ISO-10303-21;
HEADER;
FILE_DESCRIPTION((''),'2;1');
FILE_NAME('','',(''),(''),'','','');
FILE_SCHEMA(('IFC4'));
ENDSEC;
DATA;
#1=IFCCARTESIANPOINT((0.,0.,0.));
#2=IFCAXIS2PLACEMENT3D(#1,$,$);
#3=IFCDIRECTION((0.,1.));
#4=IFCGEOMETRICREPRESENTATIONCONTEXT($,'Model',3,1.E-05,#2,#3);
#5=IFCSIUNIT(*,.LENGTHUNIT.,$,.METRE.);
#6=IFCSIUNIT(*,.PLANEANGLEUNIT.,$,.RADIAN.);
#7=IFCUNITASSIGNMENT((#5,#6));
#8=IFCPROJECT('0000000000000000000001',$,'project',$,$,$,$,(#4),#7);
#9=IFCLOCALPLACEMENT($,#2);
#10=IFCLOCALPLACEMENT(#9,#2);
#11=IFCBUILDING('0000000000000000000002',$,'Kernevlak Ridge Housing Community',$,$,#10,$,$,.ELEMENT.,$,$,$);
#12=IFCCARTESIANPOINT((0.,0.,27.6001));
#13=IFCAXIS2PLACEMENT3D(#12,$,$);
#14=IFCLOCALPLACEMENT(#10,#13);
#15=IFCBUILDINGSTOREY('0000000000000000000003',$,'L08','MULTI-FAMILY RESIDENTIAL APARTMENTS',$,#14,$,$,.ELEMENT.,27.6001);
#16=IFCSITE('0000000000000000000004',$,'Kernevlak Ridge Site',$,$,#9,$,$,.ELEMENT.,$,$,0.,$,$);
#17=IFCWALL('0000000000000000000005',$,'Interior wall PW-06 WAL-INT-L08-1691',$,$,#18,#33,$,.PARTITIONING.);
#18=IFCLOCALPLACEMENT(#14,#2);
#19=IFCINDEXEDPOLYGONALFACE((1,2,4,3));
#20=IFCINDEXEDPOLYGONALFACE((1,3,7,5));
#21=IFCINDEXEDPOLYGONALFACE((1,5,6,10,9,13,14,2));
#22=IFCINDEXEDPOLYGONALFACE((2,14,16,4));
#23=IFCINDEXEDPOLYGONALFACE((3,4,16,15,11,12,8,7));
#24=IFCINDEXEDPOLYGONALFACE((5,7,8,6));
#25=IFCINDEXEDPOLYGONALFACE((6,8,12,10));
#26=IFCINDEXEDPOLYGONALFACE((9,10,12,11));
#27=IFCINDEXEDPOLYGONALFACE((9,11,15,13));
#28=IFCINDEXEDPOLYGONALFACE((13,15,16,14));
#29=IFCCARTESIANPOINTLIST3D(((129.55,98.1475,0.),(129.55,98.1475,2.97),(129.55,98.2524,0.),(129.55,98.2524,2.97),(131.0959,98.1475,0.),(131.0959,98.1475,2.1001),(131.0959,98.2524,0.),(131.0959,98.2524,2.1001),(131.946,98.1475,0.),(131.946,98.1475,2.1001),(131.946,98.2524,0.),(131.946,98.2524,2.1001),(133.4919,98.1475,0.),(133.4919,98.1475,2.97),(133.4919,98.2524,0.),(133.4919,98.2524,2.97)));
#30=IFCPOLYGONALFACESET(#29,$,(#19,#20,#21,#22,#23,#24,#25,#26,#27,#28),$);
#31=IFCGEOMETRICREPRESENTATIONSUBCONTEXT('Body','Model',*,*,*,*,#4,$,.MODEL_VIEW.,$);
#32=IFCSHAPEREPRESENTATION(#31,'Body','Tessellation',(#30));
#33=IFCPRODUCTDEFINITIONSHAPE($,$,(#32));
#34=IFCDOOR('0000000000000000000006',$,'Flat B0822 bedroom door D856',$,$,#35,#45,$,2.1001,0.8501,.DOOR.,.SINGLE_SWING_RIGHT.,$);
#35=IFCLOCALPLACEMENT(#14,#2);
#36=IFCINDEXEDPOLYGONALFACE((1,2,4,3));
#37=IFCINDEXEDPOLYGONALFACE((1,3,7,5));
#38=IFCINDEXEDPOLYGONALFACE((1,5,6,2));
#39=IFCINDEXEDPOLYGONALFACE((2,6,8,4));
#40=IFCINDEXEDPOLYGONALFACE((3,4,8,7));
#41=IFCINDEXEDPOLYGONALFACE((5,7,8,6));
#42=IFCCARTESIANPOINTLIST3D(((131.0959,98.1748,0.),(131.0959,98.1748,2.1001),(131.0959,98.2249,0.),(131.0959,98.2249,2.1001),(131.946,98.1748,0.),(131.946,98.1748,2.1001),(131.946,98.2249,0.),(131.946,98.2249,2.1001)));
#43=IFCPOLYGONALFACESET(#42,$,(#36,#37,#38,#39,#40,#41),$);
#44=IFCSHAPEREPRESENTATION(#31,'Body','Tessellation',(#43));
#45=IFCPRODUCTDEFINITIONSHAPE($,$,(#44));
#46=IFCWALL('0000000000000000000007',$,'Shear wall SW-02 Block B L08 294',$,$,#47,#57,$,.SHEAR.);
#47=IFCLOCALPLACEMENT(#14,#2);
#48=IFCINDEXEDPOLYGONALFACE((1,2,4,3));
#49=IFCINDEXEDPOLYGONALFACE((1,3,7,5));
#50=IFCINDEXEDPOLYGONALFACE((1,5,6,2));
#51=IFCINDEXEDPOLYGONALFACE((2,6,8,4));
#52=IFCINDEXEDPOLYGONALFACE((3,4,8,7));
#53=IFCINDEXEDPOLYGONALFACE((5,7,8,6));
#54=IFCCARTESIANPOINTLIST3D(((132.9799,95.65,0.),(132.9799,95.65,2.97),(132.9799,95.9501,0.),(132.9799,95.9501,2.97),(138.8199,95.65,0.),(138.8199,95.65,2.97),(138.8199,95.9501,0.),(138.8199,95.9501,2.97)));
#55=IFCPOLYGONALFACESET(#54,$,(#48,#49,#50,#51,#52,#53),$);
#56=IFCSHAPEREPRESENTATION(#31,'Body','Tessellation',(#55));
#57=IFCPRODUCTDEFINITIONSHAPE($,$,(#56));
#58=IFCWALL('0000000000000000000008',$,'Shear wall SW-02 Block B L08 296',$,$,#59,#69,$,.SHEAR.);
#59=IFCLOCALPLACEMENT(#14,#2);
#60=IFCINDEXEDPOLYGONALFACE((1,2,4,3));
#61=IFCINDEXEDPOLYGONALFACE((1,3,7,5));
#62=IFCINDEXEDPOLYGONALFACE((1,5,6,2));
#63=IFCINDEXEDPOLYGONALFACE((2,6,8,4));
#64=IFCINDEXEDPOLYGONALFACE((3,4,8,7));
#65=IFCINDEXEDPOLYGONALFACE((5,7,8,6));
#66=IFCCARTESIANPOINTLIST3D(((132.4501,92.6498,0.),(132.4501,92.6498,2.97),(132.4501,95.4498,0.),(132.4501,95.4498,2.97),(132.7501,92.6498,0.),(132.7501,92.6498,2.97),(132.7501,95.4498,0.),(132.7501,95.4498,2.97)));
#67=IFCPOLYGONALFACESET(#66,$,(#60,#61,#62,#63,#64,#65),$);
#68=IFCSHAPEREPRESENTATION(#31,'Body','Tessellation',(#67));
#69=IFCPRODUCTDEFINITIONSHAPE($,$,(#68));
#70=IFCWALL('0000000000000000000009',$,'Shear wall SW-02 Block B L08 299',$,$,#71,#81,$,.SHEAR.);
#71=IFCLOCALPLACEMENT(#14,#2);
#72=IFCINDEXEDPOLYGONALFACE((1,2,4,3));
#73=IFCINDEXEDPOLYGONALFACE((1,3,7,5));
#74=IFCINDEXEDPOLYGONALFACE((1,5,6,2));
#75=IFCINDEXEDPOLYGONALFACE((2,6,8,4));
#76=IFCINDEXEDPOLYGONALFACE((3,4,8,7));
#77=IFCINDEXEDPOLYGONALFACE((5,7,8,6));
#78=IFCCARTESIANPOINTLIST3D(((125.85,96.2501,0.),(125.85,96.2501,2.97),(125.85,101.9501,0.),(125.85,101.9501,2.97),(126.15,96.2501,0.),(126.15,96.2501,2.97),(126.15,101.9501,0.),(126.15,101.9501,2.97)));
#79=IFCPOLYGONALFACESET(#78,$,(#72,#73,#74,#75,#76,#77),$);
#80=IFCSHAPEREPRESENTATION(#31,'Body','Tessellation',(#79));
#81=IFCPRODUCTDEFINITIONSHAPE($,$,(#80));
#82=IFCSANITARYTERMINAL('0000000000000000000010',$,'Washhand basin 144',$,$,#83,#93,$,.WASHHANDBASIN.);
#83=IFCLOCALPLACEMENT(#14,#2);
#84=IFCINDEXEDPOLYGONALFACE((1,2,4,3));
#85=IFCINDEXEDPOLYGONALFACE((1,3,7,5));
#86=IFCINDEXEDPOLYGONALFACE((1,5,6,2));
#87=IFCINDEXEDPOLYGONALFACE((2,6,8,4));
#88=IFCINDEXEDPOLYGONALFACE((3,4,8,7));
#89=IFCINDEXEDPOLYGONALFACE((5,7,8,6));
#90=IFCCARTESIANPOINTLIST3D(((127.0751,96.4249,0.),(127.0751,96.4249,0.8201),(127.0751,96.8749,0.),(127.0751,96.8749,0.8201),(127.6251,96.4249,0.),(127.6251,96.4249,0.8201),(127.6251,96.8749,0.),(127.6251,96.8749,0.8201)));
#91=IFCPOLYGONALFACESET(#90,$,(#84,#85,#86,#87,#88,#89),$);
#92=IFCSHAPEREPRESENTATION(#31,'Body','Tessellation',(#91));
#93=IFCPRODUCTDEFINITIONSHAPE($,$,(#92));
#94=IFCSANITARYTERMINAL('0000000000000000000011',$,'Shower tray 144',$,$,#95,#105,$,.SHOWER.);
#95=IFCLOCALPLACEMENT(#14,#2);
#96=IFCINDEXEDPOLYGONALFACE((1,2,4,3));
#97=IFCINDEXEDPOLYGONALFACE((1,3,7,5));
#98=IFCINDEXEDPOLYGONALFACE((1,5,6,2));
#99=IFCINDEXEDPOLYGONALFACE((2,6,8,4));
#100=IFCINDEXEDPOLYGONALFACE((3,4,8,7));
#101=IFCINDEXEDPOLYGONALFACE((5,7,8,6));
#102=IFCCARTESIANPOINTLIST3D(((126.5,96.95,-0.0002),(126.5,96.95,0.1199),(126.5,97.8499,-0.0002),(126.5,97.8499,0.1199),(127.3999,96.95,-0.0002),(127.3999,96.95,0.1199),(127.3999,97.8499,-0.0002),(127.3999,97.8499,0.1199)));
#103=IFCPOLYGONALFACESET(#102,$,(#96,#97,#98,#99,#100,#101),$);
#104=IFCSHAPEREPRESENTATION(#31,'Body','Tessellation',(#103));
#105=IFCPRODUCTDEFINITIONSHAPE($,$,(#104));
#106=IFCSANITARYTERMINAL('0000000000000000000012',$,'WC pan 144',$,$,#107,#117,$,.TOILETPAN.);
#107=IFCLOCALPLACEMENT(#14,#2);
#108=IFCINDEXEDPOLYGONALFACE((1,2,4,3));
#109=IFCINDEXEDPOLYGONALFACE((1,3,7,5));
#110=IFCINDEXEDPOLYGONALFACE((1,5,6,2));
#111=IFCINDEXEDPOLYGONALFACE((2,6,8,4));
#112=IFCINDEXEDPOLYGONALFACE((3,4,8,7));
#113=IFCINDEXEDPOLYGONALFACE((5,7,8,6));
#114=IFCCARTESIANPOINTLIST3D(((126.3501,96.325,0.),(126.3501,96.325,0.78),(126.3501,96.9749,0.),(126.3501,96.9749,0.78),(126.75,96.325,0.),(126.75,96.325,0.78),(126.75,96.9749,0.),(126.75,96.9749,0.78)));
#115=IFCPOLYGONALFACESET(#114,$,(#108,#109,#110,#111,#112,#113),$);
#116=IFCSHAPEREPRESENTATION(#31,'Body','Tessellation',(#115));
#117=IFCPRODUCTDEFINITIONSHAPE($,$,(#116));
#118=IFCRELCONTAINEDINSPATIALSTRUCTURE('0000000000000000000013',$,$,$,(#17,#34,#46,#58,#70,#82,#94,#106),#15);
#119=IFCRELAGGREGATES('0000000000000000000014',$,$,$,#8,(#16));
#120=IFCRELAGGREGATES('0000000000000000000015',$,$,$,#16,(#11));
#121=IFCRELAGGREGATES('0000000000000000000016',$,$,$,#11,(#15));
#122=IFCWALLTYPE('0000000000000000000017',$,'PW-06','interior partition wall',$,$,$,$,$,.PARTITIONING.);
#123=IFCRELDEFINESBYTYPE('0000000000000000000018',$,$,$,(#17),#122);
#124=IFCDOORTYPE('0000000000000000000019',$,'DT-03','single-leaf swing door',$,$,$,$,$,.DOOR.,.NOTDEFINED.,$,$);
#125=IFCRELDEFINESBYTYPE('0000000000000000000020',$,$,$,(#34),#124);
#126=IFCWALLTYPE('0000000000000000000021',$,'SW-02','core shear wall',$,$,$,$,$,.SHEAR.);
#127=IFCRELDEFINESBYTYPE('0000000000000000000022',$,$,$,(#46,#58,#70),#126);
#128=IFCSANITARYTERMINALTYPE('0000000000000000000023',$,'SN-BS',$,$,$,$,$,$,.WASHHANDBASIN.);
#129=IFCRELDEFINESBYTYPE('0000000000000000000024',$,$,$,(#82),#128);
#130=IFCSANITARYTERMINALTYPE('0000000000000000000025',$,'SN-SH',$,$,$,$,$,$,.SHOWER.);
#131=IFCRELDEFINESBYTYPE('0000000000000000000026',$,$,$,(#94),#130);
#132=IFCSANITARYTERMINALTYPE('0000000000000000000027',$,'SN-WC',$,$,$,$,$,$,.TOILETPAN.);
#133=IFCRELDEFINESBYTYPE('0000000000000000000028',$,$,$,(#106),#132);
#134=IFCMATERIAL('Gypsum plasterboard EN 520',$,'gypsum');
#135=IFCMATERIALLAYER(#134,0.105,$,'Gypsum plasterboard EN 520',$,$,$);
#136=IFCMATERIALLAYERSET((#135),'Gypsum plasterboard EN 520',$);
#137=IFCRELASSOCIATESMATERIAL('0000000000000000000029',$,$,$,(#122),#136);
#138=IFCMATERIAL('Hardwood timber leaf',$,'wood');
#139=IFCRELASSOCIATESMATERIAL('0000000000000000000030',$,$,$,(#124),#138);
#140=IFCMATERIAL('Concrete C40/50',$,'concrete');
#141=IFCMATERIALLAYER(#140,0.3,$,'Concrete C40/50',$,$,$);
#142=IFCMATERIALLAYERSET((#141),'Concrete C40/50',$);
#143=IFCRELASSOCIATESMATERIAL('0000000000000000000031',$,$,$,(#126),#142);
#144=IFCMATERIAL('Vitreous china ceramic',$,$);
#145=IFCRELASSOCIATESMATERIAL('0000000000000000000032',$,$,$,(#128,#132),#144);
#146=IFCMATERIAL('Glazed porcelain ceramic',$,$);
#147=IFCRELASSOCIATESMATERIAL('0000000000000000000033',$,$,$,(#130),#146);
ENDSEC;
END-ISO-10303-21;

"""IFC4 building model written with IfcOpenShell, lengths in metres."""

from ifc_helpers import new_model, si_unit, direction, frame, frame_2d, origin, origin_2d, place, context, subcontext, project, spatial, rectangle, extrude, material, layer, layer_set, type_object, element, fill, save


model = new_model("IFC4")

# Units and contexts
model_context = context("Model", 3, precision=1e-05, world=origin(), true_north=direction((0.0, 1.0)))
body_context = subcontext(model_context, "Body", "Model", "MODEL_VIEW")
ifc_project = project(units=[si_unit("LENGTHUNIT", "METRE"), si_unit("PLANEANGLEUNIT", "RADIAN")], contexts=[model_context])

# Site, building, storey
site_placement = place(None, origin())
site = spatial("IfcSite", under=ifc_project, at=site_placement, Name="Kernevlak Ridge Site", CompositionType="ELEMENT", RefElevation=0.0)
building_placement = place(site_placement, origin())
building = spatial("IfcBuilding", under=site, at=building_placement, Name="Kernevlak Ridge Housing Community", CompositionType="ELEMENT")
storey_placement = place(building_placement, frame((0.0, 0.0, 27.6001)))
storey = spatial("IfcBuildingStorey", under=building, at=storey_placement, Name="L08", Description="MULTI-FAMILY RESIDENTIAL APARTMENTS", CompositionType="ELEMENT", Elevation=27.6001)

# Shared definitions
ifc_material_1 = material(Name="Concrete C40/50", Category="concrete")

# Shared definitions
ifc_material_2 = material(Name="Hardwood timber leaf", Category="wood")

# Shared definitions
ifc_material_3 = material(Name="Gypsum plasterboard EN 520", Category="gypsum")

# Wall, opening, door
ifc_layer_1 = layer(ifc_material_3, 0.105, Name="Gypsum plasterboard EN 520")
ifc_layer_set_1 = layer_set([ifc_layer_1], Name="Gypsum plasterboard EN 520")
wall_type_1 = type_object("IfcWallType", Name="PW-06", Description="interior partition wall", PredefinedType="PARTITIONING", material=ifc_layer_set_1)
wall_1_placement = place(storey_placement, frame((129.55, 98.2, 0.0), z_axis=(0.0, 0.0, 1.0), x_axis=(1.0, 0.0, 0.0)))
wall_1 = element("IfcWall", 1, at=wall_1_placement, inside=storey, type_object=wall_type_1, Name="Interior wall PW-06 WAL-INT-L08-1691", PredefinedType="PARTITIONING", context=body_context, shape_type="SweptSolid", body=[
    extrude(rectangle(XDim=3.9419, YDim=0.105, at=frame_2d((1.9709, 0.0))), origin(), (0.0, 0.0, 1.0), 2.97),
])
opening_1_placement = place(wall_1_placement, frame((1.5459, 0.0, 0.0)))
opening_1 = element("IfcOpeningElement", 2, at=opening_1_placement, cuts=wall_1, PredefinedType="OPENING", context=body_context, shape_type="SweptSolid", body=[
    extrude(rectangle(XDim=0.8501, YDim=2.1001, at=frame_2d((0.425, 1.05))), frame((0.0, 0.0625, 0.0), z_axis=(0.0, -1.0, 0.0), x_axis=(1.0, 0.0, 0.0)), (0.0, 0.0, 1.0), 0.125),
])
door_type_1 = type_object("IfcDoorType", Name="DT-03", Description="single-leaf swing door", OperationType="NOTDEFINED", PredefinedType="DOOR", material=ifc_material_2)
door_1_placement = place(opening_1_placement, origin())
door_1 = element("IfcDoor", 3, at=door_1_placement, inside=storey, type_object=door_type_1, Name="Flat B0822 bedroom door D856", OperationType="SINGLE_SWING_RIGHT", OverallHeight=2.1001, OverallWidth=0.8501, PredefinedType="DOOR", context=body_context, shape_type="SweptSolid", body=[
    extrude(rectangle(XDim=0.8501, YDim=2.1001, at=frame_2d((0.425, 1.05))), frame((0.0, 0.0249, 0.0), z_axis=(0.0, -1.0, 0.0), x_axis=(1.0, 0.0, 0.0)), (0.0, 0.0, 1.0), 0.05),
])
fill(opening_1, door_1)

# Walls
ifc_layer_2 = layer(ifc_material_1, 0.3, Name="Concrete C40/50")
ifc_layer_set_2 = layer_set([ifc_layer_2], Name="Concrete C40/50")
wall_type_2 = type_object("IfcWallType", Name="SW-02", Description="core shear wall", PredefinedType="SHEAR", material=ifc_layer_set_2)
wall_2_placement = place(storey_placement, frame((132.98, 95.8, 0.0), z_axis=(0.0, 0.0, 1.0), x_axis=(1.0, 0.0, 0.0)))
element("IfcWall", 4, at=wall_2_placement, inside=storey, type_object=wall_type_2, Name="Shear wall SW-02 Block B L08 294", PredefinedType="SHEAR", context=body_context, shape_type="SweptSolid", body=[
    extrude(rectangle(XDim=5.8401, YDim=0.3, at=frame_2d((2.9199, 0.0))), origin(), (0.0, 0.0, 1.0), 2.97),
])
wall_3_placement = place(storey_placement, frame((132.6001, 92.6499, 0.0), z_axis=(0.0, 0.0, 1.0), x_axis=(0.0, 1.0, 0.0)))
element("IfcWall", 5, at=wall_3_placement, inside=storey, type_object=wall_type_2, Name="Shear wall SW-02 Block B L08 296", PredefinedType="SHEAR", context=body_context, shape_type="SweptSolid", body=[
    extrude(rectangle(XDim=2.8, YDim=0.3, at=frame_2d((1.3999, 0.0))), origin(), (0.0, 0.0, 1.0), 2.97),
])
wall_4_placement = place(storey_placement, frame((126.0, 96.25, 0.0), z_axis=(0.0, 0.0, 1.0), x_axis=(0.0, 1.0, 0.0)))
element("IfcWall", 6, at=wall_4_placement, inside=storey, type_object=wall_type_2, Name="Shear wall SW-02 Block B L08 299", PredefinedType="SHEAR", context=body_context, shape_type="SweptSolid", body=[
    extrude(rectangle(XDim=5.7, YDim=0.3, at=frame_2d((2.8501, 0.0))), origin(), (0.0, 0.0, 1.0), 2.97),
])

# Sanitary terminals
ifc_material_4 = material(Name="Vitreous china ceramic")
sanitary_terminal_type_1 = type_object("IfcSanitaryTerminalType", Name="SN-BS", PredefinedType="WASHHANDBASIN", material=ifc_material_4)
sanitary_terminal_1_placement = place(storey_placement, frame((127.3501, 96.6499, 0.0), z_axis=(0.0, 0.0, 1.0), x_axis=(1.0, 0.0, 0.0)))
element("IfcSanitaryTerminal", 7, at=sanitary_terminal_1_placement, inside=storey, type_object=sanitary_terminal_type_1, Name="Washhand basin 144", PredefinedType="WASHHANDBASIN", context=body_context, shape_type="SweptSolid", body=[
    extrude(rectangle(XDim=0.55, YDim=0.45, at=origin_2d()), origin(), (0.0, 0.0, 1.0), 0.8201),
])
ifc_material_5 = material(Name="Glazed porcelain ceramic")
sanitary_terminal_type_2 = type_object("IfcSanitaryTerminalType", Name="SN-SH", PredefinedType="SHOWER", material=ifc_material_5)
sanitary_terminal_2_placement = place(storey_placement, frame((126.95, 97.3999, -0.0002), z_axis=(0.0, 0.0, 1.0), x_axis=(1.0, 0.0, 0.0)))
element("IfcSanitaryTerminal", 8, at=sanitary_terminal_2_placement, inside=storey, type_object=sanitary_terminal_type_2, Name="Shower tray 144", PredefinedType="SHOWER", context=body_context, shape_type="SweptSolid", body=[
    extrude(rectangle(XDim=0.8999, YDim=0.8999, at=origin_2d()), origin(), (0.0, 0.0, 1.0), 0.1201),
])
sanitary_terminal_type_3 = type_object("IfcSanitaryTerminalType", Name="SN-WC", PredefinedType="TOILETPAN", material=ifc_material_4)
sanitary_terminal_3_placement = place(storey_placement, frame((126.55, 96.6499, 0.0), z_axis=(0.0, 0.0, 1.0), x_axis=(1.0, 0.0, 0.0)))
element("IfcSanitaryTerminal", 9, at=sanitary_terminal_3_placement, inside=storey, type_object=sanitary_terminal_type_3, Name="WC pan 144", PredefinedType="TOILETPAN", context=body_context, shape_type="SweptSolid", body=[
    extrude(rectangle(XDim=0.3999, YDim=0.6499, at=origin_2d()), origin(), (0.0, 0.0, 1.0), 0.78),
])

save(model, "model.ifc")
